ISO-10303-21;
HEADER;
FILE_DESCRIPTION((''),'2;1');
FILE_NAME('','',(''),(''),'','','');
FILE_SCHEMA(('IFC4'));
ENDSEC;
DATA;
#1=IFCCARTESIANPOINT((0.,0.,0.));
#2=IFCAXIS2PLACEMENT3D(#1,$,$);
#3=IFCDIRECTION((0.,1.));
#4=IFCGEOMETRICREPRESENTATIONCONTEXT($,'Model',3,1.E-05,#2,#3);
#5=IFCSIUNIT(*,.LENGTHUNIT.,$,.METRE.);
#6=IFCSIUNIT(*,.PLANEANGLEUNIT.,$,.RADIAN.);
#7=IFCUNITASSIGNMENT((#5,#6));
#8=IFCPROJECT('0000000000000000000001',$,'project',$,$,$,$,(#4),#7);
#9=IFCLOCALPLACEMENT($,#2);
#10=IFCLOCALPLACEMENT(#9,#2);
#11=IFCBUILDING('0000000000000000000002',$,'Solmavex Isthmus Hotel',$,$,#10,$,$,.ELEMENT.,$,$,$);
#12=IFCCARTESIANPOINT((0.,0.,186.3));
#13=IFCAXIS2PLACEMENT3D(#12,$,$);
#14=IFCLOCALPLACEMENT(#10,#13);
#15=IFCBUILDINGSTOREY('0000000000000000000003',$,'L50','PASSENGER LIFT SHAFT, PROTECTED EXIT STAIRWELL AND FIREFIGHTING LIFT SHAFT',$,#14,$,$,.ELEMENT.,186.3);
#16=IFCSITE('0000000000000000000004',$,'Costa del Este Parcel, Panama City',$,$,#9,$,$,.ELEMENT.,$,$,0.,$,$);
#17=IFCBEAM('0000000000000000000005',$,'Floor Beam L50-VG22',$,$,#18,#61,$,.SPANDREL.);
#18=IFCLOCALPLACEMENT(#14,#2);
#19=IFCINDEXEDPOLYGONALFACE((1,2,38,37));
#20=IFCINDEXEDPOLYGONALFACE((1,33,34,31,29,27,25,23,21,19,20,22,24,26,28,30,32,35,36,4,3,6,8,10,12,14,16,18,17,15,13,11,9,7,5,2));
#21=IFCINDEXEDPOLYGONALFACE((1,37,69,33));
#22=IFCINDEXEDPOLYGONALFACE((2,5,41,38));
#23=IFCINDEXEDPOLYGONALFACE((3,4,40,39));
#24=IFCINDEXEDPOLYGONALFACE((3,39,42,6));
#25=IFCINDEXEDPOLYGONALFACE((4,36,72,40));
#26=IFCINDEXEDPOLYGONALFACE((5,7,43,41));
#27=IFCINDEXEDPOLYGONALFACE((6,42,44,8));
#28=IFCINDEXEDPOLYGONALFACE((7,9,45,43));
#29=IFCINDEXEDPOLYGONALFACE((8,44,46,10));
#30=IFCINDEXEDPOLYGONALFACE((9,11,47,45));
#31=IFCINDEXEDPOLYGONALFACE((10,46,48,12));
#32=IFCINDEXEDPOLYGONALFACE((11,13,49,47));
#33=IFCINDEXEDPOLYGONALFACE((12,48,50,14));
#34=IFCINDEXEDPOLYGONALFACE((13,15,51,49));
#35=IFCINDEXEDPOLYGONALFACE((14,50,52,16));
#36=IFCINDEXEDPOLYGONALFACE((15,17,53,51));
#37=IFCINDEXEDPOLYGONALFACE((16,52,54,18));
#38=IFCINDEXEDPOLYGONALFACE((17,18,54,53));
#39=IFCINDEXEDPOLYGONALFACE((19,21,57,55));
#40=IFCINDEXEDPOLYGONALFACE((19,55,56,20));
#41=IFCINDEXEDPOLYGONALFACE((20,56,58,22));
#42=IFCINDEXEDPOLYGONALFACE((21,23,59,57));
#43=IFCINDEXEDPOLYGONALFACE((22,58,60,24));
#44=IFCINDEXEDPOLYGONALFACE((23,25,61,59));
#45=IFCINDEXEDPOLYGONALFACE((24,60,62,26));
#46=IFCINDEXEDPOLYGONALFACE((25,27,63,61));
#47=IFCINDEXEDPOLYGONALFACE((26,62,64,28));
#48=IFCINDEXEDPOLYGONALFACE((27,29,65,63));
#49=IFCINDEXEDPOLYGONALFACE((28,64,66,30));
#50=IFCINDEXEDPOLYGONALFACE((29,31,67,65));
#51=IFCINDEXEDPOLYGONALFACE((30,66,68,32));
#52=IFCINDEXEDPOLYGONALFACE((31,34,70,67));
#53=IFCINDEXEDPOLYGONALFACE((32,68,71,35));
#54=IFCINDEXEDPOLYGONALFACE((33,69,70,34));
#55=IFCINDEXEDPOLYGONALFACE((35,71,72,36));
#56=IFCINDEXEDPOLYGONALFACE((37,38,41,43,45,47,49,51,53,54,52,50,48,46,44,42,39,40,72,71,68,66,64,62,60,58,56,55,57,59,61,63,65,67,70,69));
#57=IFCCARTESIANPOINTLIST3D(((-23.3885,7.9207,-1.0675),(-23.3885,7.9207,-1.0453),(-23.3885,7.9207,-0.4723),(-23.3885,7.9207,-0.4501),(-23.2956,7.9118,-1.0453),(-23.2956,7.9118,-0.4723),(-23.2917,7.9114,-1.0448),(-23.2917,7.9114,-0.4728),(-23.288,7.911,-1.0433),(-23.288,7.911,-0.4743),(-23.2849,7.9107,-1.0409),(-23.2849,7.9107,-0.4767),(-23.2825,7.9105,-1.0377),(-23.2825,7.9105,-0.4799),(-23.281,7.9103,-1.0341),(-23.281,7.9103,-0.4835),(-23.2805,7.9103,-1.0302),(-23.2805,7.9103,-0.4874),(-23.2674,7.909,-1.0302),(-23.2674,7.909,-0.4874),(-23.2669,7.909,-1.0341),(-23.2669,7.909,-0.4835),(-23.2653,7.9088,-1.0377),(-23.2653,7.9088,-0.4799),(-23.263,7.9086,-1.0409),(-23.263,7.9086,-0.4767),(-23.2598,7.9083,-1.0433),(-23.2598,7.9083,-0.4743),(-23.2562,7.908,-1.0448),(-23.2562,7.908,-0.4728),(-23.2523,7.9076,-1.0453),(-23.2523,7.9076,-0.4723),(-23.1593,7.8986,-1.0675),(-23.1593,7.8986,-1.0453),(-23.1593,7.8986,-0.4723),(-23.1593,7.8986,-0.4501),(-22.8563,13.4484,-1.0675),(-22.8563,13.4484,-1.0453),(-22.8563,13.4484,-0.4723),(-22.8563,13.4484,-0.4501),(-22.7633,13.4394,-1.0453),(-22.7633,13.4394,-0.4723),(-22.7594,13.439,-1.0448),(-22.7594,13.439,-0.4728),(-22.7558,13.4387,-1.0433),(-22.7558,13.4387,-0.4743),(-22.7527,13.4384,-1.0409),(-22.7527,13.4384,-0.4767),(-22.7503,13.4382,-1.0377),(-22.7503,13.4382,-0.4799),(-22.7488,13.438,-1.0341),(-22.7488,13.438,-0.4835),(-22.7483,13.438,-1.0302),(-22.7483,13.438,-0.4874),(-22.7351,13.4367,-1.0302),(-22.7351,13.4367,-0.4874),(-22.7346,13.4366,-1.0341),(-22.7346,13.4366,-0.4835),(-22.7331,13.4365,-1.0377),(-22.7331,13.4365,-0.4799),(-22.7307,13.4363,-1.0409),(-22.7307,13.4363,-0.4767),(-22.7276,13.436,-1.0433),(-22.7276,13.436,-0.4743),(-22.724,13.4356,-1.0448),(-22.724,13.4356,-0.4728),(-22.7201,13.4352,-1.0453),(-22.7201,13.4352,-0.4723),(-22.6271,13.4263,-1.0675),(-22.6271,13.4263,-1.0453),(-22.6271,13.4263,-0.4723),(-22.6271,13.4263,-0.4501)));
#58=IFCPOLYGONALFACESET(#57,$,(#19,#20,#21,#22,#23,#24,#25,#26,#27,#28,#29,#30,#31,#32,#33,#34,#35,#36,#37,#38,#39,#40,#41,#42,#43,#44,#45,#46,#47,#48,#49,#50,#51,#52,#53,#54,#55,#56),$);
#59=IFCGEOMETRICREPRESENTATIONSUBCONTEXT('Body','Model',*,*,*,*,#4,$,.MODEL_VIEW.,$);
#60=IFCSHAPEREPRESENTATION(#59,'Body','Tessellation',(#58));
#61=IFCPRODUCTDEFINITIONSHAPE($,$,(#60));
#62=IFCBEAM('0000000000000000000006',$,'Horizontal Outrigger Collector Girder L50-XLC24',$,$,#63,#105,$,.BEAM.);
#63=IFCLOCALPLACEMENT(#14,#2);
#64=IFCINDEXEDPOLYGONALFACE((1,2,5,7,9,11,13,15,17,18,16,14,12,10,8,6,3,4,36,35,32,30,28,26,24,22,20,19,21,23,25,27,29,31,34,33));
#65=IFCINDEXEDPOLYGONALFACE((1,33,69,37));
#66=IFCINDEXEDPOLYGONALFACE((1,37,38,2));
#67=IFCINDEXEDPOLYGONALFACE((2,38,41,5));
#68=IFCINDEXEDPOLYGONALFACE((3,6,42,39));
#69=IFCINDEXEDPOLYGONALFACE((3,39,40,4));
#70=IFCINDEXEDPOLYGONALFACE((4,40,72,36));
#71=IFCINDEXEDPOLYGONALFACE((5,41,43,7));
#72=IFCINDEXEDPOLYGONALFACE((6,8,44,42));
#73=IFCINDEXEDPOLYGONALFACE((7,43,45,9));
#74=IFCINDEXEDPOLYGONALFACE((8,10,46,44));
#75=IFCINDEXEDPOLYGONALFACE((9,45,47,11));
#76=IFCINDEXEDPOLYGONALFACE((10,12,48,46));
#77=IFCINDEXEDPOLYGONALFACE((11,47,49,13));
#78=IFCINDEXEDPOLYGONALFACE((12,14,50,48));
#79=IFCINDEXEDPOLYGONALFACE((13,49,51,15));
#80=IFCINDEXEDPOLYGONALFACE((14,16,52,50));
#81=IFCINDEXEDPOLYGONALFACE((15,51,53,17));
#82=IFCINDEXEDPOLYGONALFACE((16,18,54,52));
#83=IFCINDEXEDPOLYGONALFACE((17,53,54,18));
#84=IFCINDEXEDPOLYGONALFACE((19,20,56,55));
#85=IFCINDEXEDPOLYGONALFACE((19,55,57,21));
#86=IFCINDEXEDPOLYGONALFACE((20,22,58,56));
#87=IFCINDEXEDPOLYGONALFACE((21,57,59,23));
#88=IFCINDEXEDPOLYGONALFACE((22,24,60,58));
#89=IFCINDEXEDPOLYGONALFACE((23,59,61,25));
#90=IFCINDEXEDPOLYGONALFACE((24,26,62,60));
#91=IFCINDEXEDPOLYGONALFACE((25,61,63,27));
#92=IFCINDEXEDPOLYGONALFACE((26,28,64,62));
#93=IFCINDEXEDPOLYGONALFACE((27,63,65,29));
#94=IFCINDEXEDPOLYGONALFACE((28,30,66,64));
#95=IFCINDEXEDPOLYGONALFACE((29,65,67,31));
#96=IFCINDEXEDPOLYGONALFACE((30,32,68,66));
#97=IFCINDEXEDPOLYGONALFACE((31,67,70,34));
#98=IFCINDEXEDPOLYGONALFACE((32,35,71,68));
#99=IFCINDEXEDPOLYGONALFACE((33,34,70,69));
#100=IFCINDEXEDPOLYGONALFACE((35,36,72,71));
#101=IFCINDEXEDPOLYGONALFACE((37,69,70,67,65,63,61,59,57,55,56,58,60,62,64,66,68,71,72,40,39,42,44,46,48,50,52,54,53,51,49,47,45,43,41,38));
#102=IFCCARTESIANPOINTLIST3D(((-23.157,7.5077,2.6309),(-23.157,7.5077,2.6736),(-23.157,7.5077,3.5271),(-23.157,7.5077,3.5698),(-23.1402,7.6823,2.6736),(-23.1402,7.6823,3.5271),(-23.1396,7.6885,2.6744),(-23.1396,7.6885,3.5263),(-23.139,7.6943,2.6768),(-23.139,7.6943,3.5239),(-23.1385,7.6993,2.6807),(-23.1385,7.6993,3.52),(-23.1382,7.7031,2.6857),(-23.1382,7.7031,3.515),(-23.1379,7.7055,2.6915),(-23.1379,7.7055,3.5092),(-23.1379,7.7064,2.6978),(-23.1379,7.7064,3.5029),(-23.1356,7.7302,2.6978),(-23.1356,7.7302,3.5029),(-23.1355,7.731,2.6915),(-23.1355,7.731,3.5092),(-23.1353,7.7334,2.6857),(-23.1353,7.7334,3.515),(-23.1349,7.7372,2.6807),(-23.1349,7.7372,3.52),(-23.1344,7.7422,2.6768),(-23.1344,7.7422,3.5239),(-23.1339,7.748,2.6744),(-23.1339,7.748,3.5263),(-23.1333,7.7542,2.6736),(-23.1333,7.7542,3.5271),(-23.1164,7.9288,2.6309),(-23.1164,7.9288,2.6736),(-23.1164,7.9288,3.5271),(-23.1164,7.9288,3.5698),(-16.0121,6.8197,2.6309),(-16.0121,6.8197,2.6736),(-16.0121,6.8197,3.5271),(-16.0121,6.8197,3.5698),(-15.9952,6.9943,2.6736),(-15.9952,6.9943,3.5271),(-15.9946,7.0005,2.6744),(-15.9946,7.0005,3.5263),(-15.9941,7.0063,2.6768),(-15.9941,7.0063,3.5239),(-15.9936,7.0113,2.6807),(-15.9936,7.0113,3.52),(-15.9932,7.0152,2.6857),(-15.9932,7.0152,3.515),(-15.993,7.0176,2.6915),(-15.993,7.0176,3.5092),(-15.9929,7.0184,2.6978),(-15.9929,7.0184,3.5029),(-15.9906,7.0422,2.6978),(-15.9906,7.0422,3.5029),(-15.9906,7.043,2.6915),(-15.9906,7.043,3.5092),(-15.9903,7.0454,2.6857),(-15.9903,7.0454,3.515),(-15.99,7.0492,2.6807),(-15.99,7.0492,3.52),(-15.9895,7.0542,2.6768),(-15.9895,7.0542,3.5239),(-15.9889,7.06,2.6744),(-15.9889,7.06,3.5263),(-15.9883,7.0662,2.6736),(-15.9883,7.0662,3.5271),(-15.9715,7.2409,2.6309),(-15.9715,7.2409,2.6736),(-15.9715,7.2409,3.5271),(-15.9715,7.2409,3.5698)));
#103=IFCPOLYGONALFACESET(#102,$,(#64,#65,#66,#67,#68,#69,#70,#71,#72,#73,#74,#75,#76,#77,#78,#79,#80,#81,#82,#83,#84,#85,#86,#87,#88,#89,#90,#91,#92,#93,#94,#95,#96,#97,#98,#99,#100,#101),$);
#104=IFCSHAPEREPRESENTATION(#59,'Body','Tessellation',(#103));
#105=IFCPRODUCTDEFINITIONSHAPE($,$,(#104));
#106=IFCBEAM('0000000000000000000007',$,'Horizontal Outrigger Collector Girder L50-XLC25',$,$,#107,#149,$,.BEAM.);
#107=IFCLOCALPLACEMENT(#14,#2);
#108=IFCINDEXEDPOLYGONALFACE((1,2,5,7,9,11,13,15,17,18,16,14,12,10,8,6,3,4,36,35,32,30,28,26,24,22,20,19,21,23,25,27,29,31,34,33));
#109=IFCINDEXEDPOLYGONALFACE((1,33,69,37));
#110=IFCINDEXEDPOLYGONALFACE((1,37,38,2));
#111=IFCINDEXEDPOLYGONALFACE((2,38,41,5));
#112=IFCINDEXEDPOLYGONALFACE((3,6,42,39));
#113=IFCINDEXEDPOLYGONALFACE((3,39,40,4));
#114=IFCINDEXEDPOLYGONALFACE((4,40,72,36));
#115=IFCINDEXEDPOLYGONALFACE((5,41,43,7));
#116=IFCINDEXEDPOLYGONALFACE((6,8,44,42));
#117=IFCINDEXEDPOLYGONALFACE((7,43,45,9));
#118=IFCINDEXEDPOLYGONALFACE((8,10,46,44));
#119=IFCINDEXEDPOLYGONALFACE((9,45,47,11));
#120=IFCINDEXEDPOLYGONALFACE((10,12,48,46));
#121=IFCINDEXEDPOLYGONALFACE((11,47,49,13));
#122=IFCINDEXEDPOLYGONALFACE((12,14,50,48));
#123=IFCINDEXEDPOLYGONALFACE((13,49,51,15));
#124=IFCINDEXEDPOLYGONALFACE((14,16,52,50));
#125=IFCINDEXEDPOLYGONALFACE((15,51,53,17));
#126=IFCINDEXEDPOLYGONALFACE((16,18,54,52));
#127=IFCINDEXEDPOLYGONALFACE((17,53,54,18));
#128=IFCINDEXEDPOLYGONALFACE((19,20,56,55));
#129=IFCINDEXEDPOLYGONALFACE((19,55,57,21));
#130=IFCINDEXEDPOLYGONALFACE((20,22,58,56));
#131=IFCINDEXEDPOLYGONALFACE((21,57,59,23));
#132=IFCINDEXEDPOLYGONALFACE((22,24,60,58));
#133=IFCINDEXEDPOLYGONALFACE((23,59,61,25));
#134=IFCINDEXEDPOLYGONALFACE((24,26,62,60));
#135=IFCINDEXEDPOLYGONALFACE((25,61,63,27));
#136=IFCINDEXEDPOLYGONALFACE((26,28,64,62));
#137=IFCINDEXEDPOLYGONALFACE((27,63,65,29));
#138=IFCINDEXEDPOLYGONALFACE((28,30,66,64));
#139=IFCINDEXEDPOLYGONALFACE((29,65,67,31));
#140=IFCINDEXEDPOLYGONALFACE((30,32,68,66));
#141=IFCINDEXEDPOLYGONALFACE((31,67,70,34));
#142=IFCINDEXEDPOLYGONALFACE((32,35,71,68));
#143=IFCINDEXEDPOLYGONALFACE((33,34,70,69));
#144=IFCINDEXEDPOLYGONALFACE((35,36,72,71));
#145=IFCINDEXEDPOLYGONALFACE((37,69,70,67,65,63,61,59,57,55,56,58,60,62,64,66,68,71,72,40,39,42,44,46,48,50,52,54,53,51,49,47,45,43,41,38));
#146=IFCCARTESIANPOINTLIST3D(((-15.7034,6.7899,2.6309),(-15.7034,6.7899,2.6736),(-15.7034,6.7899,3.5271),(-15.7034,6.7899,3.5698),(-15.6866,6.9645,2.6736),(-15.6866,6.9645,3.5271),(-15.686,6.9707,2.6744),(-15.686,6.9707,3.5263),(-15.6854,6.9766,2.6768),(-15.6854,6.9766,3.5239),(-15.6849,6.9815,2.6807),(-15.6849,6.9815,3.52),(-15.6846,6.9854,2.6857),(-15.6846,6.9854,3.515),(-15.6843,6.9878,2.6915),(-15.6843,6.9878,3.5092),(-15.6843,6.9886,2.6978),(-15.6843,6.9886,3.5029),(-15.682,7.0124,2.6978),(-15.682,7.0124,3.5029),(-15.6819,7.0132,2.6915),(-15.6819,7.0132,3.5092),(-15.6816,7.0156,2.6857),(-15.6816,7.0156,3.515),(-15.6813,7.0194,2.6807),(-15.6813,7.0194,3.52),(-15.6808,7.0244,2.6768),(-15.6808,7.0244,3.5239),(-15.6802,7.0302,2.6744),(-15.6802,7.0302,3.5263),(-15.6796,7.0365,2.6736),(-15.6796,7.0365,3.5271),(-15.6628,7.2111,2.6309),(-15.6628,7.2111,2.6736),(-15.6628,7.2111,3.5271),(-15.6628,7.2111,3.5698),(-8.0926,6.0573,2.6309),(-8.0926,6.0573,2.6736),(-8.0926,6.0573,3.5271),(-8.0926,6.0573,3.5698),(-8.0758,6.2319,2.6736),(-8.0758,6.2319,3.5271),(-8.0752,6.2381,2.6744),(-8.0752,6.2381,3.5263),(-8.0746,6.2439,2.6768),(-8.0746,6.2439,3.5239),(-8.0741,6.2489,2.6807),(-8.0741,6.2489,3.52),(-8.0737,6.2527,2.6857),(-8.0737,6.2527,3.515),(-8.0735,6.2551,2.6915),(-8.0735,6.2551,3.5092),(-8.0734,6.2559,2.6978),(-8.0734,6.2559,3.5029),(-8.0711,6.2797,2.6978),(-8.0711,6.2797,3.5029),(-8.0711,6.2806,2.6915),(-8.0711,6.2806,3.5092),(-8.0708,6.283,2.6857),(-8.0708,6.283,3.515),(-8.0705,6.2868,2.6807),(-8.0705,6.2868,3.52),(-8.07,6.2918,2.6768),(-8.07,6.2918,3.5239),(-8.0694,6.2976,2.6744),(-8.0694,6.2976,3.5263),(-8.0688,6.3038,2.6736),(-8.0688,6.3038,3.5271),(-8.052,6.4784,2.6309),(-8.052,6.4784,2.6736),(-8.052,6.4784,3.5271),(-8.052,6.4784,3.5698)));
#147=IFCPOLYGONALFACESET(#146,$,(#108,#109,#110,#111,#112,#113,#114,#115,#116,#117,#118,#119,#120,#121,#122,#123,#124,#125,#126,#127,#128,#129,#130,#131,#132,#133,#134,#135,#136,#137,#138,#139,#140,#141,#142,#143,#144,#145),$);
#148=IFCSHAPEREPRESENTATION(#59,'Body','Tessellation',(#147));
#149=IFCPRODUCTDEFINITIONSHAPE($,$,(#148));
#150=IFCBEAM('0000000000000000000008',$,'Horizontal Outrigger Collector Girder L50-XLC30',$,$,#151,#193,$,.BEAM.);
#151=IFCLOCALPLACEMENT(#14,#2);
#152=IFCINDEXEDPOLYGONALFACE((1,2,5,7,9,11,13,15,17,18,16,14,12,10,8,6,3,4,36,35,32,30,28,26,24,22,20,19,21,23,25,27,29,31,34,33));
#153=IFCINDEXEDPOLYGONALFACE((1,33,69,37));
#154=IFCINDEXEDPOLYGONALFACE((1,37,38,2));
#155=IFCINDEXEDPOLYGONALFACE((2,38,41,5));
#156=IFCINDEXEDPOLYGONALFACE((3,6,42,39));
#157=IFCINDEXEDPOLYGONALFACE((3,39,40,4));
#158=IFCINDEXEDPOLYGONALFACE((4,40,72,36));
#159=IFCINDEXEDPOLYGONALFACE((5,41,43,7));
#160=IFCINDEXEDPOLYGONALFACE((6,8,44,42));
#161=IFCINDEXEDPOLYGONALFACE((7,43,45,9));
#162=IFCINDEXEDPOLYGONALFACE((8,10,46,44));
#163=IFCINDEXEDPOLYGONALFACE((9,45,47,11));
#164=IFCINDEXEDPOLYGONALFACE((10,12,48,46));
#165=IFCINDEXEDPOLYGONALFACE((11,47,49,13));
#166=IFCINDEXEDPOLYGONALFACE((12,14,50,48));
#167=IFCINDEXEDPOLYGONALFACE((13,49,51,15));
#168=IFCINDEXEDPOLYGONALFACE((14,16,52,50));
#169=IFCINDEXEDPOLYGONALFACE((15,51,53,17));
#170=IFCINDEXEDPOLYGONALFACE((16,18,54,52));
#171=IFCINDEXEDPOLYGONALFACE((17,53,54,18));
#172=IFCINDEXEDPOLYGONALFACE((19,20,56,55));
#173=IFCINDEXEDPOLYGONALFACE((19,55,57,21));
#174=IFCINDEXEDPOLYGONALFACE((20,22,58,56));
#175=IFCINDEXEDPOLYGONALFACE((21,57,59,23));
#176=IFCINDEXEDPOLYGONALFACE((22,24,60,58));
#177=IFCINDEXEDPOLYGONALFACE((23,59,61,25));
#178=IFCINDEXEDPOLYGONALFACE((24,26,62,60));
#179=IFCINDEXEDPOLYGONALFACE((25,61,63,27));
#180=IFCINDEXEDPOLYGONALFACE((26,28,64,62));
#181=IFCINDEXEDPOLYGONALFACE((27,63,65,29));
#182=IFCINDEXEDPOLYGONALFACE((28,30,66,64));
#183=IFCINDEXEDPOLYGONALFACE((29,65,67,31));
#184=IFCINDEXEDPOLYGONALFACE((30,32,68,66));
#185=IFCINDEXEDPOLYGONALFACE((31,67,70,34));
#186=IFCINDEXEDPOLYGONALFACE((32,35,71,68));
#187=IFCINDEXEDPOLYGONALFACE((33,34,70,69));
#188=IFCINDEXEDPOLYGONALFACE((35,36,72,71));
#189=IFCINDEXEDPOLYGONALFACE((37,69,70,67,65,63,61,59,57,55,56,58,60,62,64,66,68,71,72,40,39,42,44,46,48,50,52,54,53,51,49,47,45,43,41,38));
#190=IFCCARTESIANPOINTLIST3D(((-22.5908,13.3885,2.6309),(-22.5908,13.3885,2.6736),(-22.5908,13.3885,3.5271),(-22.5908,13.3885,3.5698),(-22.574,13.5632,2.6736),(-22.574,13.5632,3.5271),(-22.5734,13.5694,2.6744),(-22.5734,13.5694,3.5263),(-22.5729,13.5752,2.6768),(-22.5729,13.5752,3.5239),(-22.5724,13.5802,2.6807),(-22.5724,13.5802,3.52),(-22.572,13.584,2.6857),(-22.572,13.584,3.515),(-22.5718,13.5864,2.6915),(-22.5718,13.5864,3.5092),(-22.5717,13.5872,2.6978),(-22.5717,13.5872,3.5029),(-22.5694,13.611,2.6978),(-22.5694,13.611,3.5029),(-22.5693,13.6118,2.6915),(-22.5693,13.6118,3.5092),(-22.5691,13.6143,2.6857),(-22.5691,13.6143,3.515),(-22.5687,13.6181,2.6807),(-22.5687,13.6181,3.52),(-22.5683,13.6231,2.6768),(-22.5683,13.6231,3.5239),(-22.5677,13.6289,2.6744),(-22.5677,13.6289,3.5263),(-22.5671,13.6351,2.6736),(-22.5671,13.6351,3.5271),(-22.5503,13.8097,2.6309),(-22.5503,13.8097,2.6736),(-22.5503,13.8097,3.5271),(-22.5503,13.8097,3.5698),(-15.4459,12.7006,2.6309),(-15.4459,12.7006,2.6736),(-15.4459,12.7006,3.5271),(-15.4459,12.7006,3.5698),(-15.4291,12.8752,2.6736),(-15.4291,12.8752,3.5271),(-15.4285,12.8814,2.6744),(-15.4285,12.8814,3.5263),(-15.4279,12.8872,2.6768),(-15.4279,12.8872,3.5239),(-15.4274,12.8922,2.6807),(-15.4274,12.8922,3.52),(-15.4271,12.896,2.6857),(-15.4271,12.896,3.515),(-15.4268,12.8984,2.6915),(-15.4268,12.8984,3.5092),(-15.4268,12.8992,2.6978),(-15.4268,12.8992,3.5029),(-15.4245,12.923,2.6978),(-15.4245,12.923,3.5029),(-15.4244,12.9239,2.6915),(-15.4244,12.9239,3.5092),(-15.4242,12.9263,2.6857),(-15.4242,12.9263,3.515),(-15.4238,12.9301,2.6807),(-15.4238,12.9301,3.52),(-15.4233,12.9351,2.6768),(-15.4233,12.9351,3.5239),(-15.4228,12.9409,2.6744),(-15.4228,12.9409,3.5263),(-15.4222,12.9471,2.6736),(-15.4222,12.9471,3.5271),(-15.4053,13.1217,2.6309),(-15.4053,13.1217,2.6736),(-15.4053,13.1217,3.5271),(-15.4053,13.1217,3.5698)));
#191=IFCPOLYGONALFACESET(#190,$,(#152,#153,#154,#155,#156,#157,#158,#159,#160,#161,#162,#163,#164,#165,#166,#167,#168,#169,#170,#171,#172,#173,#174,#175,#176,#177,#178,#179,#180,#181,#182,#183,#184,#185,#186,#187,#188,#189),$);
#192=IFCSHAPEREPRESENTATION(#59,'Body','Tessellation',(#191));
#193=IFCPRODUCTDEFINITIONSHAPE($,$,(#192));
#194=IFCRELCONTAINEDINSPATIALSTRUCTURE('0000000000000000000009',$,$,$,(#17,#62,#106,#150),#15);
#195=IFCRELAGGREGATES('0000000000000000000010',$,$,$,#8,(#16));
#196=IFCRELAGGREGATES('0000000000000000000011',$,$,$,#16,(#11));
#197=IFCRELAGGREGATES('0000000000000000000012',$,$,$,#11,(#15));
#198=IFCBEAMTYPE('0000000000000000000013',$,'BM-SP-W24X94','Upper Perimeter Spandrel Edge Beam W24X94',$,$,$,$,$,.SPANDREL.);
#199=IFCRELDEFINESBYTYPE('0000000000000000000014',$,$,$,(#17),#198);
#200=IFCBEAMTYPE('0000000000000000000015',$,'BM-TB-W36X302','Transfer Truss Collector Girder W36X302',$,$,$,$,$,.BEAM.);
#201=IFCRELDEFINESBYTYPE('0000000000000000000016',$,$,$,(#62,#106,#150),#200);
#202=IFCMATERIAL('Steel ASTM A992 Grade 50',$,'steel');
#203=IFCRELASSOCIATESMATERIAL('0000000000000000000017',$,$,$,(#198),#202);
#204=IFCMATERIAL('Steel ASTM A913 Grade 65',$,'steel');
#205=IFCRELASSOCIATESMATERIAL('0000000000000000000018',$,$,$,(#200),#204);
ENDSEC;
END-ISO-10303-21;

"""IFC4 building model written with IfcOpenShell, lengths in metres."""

from ifc_helpers import new_model, si_unit, direction, frame, origin, origin_2d, place, context, subcontext, project, spatial, i_section, extrude, material, material_profile, profile_set, type_object, element, save


model = new_model("IFC4")

# Units and contexts
model_context = context("Model", 3, precision=1e-05, world=origin(), true_north=direction((0.0, 1.0)))
body_context = subcontext(model_context, "Body", "Model", "MODEL_VIEW")
ifc_project = project(units=[si_unit("LENGTHUNIT", "METRE"), si_unit("PLANEANGLEUNIT", "RADIAN")], contexts=[model_context])

# Site, building, storey
site_placement = place(None, origin())
site = spatial("IfcSite", under=ifc_project, at=site_placement, Name="Costa del Este Parcel, Panama City", CompositionType="ELEMENT", RefElevation=0.0)
building_placement = place(site_placement, origin())
building = spatial("IfcBuilding", under=site, at=building_placement, Name="Solmavex Isthmus Hotel", CompositionType="ELEMENT")
storey_placement = place(building_placement, frame((0.0, 0.0, 186.3)))
storey = spatial("IfcBuildingStorey", under=building, at=storey_placement, Name="L50", Description="PASSENGER LIFT SHAFT, PROTECTED EXIT STAIRWELL AND FIREFIGHTING LIFT SHAFT", CompositionType="ELEMENT", Elevation=186.3)

# Shared definitions
ifc_material_1 = material(Name="Steel ASTM A913 Grade 65", Category="steel")

# Beams
ifc_material_2 = material(Name="Steel ASTM A992 Grade 50", Category="steel")
ifc_material_profile_1 = material_profile(ifc_material_2, i_section(OverallWidth=0.2302, OverallDepth=0.6174, WebThickness=0.0132, FlangeThickness=0.0222, FilletRadius=0.0151, at=origin_2d()), Name="W24X94")
ifc_profile_set_1 = profile_set([ifc_material_profile_1], Name="Steel ASTM A992 Grade 50")
beam_type_1 = type_object("IfcBeamType", Name="BM-SP-W24X94", Description="Upper Perimeter Spandrel Edge Beam W24X94", PredefinedType="SPANDREL", material=ifc_profile_set_1)
beam_1_placement = place(storey_placement, frame((-23.2739, 7.9097, -0.7588), z_axis=(0.095842, 0.995397, 0.0), x_axis=(-0.995397, 0.095842, 0.0)))
element("IfcBeam", 1, at=beam_1_placement, inside=storey, type_object=beam_type_1, Name="Floor Beam L50-VG22", PredefinedType="SPANDREL", context=body_context, shape_type="SweptSolid", body=[
    extrude(i_section(OverallWidth=0.2302, OverallDepth=0.6174, WebThickness=0.0132, FlangeThickness=0.0222, FilletRadius=0.0151, at=origin_2d()), origin(), (0.0, 0.0, 1.0), 5.5532),
])
ifc_material_profile_2 = material_profile(ifc_material_1, i_section(OverallWidth=0.4231, OverallDepth=0.939, WebThickness=0.0239, FlangeThickness=0.0427, FilletRadius=0.0242, at=origin_2d()), Name="W36X302")
ifc_profile_set_2 = profile_set([ifc_material_profile_2], Name="Steel ASTM A913 Grade 65")
beam_type_2 = type_object("IfcBeamType", Name="BM-TB-W36X302", Description="Transfer Truss Collector Girder W36X302", PredefinedType="BEAM", material=ifc_profile_set_2)
beam_2_placement = place(storey_placement, frame((-23.1367, 7.7183, 3.1003), z_axis=(0.995396, -0.095846, 0.0), x_axis=(0.095846, 0.995396, 0.0)))
element("IfcBeam", 2, at=beam_2_placement, inside=storey, type_object=beam_type_2, Name="Horizontal Outrigger Collector Girder L50-XLC24", PredefinedType="BEAM", context=body_context, shape_type="SweptSolid", body=[
    extrude(i_section(OverallWidth=0.4231, OverallDepth=0.939, WebThickness=0.0239, FlangeThickness=0.0427, FilletRadius=0.0242, at=origin_2d()), origin(), (0.0, 0.0, 1.0), 7.178),
])
beam_3_placement = place(storey_placement, frame((-15.6831, 7.0005, 3.1003), z_axis=(0.995398, -0.095823, 0.0), x_axis=(0.095823, 0.995398, 0.0)))
element("IfcBeam", 3, at=beam_3_placement, inside=storey, type_object=beam_type_2, Name="Horizontal Outrigger Collector Girder L50-XLC25", PredefinedType="BEAM", context=body_context, shape_type="SweptSolid", body=[
    extrude(i_section(OverallWidth=0.4231, OverallDepth=0.939, WebThickness=0.0239, FlangeThickness=0.0427, FilletRadius=0.0242, at=origin_2d()), origin(), (0.0, 0.0, 1.0), 7.646),
])
for number, where, z_axis, x_axis, name in (
    (4, (-22.5706, 13.5991, 3.1003), (0.995396, -0.095846, 0.0), (0.095846, 0.995396, 0.0), "Horizontal Outrigger Collector Girder L50-XLC30"),
):
    element("IfcBeam", number, at=place(storey_placement, frame(where, z_axis=z_axis, x_axis=x_axis)), inside=storey, type_object=beam_type_2, Name=name, PredefinedType="BEAM", context=body_context, shape_type="SweptSolid", body=[
        extrude(i_section(OverallWidth=0.4231, OverallDepth=0.939, WebThickness=0.0239, FlangeThickness=0.0427, FilletRadius=0.0242, at=origin_2d()), origin(), (0.0, 0.0, 1.0), 7.178),
    ])

save(model, "model.ifc")
